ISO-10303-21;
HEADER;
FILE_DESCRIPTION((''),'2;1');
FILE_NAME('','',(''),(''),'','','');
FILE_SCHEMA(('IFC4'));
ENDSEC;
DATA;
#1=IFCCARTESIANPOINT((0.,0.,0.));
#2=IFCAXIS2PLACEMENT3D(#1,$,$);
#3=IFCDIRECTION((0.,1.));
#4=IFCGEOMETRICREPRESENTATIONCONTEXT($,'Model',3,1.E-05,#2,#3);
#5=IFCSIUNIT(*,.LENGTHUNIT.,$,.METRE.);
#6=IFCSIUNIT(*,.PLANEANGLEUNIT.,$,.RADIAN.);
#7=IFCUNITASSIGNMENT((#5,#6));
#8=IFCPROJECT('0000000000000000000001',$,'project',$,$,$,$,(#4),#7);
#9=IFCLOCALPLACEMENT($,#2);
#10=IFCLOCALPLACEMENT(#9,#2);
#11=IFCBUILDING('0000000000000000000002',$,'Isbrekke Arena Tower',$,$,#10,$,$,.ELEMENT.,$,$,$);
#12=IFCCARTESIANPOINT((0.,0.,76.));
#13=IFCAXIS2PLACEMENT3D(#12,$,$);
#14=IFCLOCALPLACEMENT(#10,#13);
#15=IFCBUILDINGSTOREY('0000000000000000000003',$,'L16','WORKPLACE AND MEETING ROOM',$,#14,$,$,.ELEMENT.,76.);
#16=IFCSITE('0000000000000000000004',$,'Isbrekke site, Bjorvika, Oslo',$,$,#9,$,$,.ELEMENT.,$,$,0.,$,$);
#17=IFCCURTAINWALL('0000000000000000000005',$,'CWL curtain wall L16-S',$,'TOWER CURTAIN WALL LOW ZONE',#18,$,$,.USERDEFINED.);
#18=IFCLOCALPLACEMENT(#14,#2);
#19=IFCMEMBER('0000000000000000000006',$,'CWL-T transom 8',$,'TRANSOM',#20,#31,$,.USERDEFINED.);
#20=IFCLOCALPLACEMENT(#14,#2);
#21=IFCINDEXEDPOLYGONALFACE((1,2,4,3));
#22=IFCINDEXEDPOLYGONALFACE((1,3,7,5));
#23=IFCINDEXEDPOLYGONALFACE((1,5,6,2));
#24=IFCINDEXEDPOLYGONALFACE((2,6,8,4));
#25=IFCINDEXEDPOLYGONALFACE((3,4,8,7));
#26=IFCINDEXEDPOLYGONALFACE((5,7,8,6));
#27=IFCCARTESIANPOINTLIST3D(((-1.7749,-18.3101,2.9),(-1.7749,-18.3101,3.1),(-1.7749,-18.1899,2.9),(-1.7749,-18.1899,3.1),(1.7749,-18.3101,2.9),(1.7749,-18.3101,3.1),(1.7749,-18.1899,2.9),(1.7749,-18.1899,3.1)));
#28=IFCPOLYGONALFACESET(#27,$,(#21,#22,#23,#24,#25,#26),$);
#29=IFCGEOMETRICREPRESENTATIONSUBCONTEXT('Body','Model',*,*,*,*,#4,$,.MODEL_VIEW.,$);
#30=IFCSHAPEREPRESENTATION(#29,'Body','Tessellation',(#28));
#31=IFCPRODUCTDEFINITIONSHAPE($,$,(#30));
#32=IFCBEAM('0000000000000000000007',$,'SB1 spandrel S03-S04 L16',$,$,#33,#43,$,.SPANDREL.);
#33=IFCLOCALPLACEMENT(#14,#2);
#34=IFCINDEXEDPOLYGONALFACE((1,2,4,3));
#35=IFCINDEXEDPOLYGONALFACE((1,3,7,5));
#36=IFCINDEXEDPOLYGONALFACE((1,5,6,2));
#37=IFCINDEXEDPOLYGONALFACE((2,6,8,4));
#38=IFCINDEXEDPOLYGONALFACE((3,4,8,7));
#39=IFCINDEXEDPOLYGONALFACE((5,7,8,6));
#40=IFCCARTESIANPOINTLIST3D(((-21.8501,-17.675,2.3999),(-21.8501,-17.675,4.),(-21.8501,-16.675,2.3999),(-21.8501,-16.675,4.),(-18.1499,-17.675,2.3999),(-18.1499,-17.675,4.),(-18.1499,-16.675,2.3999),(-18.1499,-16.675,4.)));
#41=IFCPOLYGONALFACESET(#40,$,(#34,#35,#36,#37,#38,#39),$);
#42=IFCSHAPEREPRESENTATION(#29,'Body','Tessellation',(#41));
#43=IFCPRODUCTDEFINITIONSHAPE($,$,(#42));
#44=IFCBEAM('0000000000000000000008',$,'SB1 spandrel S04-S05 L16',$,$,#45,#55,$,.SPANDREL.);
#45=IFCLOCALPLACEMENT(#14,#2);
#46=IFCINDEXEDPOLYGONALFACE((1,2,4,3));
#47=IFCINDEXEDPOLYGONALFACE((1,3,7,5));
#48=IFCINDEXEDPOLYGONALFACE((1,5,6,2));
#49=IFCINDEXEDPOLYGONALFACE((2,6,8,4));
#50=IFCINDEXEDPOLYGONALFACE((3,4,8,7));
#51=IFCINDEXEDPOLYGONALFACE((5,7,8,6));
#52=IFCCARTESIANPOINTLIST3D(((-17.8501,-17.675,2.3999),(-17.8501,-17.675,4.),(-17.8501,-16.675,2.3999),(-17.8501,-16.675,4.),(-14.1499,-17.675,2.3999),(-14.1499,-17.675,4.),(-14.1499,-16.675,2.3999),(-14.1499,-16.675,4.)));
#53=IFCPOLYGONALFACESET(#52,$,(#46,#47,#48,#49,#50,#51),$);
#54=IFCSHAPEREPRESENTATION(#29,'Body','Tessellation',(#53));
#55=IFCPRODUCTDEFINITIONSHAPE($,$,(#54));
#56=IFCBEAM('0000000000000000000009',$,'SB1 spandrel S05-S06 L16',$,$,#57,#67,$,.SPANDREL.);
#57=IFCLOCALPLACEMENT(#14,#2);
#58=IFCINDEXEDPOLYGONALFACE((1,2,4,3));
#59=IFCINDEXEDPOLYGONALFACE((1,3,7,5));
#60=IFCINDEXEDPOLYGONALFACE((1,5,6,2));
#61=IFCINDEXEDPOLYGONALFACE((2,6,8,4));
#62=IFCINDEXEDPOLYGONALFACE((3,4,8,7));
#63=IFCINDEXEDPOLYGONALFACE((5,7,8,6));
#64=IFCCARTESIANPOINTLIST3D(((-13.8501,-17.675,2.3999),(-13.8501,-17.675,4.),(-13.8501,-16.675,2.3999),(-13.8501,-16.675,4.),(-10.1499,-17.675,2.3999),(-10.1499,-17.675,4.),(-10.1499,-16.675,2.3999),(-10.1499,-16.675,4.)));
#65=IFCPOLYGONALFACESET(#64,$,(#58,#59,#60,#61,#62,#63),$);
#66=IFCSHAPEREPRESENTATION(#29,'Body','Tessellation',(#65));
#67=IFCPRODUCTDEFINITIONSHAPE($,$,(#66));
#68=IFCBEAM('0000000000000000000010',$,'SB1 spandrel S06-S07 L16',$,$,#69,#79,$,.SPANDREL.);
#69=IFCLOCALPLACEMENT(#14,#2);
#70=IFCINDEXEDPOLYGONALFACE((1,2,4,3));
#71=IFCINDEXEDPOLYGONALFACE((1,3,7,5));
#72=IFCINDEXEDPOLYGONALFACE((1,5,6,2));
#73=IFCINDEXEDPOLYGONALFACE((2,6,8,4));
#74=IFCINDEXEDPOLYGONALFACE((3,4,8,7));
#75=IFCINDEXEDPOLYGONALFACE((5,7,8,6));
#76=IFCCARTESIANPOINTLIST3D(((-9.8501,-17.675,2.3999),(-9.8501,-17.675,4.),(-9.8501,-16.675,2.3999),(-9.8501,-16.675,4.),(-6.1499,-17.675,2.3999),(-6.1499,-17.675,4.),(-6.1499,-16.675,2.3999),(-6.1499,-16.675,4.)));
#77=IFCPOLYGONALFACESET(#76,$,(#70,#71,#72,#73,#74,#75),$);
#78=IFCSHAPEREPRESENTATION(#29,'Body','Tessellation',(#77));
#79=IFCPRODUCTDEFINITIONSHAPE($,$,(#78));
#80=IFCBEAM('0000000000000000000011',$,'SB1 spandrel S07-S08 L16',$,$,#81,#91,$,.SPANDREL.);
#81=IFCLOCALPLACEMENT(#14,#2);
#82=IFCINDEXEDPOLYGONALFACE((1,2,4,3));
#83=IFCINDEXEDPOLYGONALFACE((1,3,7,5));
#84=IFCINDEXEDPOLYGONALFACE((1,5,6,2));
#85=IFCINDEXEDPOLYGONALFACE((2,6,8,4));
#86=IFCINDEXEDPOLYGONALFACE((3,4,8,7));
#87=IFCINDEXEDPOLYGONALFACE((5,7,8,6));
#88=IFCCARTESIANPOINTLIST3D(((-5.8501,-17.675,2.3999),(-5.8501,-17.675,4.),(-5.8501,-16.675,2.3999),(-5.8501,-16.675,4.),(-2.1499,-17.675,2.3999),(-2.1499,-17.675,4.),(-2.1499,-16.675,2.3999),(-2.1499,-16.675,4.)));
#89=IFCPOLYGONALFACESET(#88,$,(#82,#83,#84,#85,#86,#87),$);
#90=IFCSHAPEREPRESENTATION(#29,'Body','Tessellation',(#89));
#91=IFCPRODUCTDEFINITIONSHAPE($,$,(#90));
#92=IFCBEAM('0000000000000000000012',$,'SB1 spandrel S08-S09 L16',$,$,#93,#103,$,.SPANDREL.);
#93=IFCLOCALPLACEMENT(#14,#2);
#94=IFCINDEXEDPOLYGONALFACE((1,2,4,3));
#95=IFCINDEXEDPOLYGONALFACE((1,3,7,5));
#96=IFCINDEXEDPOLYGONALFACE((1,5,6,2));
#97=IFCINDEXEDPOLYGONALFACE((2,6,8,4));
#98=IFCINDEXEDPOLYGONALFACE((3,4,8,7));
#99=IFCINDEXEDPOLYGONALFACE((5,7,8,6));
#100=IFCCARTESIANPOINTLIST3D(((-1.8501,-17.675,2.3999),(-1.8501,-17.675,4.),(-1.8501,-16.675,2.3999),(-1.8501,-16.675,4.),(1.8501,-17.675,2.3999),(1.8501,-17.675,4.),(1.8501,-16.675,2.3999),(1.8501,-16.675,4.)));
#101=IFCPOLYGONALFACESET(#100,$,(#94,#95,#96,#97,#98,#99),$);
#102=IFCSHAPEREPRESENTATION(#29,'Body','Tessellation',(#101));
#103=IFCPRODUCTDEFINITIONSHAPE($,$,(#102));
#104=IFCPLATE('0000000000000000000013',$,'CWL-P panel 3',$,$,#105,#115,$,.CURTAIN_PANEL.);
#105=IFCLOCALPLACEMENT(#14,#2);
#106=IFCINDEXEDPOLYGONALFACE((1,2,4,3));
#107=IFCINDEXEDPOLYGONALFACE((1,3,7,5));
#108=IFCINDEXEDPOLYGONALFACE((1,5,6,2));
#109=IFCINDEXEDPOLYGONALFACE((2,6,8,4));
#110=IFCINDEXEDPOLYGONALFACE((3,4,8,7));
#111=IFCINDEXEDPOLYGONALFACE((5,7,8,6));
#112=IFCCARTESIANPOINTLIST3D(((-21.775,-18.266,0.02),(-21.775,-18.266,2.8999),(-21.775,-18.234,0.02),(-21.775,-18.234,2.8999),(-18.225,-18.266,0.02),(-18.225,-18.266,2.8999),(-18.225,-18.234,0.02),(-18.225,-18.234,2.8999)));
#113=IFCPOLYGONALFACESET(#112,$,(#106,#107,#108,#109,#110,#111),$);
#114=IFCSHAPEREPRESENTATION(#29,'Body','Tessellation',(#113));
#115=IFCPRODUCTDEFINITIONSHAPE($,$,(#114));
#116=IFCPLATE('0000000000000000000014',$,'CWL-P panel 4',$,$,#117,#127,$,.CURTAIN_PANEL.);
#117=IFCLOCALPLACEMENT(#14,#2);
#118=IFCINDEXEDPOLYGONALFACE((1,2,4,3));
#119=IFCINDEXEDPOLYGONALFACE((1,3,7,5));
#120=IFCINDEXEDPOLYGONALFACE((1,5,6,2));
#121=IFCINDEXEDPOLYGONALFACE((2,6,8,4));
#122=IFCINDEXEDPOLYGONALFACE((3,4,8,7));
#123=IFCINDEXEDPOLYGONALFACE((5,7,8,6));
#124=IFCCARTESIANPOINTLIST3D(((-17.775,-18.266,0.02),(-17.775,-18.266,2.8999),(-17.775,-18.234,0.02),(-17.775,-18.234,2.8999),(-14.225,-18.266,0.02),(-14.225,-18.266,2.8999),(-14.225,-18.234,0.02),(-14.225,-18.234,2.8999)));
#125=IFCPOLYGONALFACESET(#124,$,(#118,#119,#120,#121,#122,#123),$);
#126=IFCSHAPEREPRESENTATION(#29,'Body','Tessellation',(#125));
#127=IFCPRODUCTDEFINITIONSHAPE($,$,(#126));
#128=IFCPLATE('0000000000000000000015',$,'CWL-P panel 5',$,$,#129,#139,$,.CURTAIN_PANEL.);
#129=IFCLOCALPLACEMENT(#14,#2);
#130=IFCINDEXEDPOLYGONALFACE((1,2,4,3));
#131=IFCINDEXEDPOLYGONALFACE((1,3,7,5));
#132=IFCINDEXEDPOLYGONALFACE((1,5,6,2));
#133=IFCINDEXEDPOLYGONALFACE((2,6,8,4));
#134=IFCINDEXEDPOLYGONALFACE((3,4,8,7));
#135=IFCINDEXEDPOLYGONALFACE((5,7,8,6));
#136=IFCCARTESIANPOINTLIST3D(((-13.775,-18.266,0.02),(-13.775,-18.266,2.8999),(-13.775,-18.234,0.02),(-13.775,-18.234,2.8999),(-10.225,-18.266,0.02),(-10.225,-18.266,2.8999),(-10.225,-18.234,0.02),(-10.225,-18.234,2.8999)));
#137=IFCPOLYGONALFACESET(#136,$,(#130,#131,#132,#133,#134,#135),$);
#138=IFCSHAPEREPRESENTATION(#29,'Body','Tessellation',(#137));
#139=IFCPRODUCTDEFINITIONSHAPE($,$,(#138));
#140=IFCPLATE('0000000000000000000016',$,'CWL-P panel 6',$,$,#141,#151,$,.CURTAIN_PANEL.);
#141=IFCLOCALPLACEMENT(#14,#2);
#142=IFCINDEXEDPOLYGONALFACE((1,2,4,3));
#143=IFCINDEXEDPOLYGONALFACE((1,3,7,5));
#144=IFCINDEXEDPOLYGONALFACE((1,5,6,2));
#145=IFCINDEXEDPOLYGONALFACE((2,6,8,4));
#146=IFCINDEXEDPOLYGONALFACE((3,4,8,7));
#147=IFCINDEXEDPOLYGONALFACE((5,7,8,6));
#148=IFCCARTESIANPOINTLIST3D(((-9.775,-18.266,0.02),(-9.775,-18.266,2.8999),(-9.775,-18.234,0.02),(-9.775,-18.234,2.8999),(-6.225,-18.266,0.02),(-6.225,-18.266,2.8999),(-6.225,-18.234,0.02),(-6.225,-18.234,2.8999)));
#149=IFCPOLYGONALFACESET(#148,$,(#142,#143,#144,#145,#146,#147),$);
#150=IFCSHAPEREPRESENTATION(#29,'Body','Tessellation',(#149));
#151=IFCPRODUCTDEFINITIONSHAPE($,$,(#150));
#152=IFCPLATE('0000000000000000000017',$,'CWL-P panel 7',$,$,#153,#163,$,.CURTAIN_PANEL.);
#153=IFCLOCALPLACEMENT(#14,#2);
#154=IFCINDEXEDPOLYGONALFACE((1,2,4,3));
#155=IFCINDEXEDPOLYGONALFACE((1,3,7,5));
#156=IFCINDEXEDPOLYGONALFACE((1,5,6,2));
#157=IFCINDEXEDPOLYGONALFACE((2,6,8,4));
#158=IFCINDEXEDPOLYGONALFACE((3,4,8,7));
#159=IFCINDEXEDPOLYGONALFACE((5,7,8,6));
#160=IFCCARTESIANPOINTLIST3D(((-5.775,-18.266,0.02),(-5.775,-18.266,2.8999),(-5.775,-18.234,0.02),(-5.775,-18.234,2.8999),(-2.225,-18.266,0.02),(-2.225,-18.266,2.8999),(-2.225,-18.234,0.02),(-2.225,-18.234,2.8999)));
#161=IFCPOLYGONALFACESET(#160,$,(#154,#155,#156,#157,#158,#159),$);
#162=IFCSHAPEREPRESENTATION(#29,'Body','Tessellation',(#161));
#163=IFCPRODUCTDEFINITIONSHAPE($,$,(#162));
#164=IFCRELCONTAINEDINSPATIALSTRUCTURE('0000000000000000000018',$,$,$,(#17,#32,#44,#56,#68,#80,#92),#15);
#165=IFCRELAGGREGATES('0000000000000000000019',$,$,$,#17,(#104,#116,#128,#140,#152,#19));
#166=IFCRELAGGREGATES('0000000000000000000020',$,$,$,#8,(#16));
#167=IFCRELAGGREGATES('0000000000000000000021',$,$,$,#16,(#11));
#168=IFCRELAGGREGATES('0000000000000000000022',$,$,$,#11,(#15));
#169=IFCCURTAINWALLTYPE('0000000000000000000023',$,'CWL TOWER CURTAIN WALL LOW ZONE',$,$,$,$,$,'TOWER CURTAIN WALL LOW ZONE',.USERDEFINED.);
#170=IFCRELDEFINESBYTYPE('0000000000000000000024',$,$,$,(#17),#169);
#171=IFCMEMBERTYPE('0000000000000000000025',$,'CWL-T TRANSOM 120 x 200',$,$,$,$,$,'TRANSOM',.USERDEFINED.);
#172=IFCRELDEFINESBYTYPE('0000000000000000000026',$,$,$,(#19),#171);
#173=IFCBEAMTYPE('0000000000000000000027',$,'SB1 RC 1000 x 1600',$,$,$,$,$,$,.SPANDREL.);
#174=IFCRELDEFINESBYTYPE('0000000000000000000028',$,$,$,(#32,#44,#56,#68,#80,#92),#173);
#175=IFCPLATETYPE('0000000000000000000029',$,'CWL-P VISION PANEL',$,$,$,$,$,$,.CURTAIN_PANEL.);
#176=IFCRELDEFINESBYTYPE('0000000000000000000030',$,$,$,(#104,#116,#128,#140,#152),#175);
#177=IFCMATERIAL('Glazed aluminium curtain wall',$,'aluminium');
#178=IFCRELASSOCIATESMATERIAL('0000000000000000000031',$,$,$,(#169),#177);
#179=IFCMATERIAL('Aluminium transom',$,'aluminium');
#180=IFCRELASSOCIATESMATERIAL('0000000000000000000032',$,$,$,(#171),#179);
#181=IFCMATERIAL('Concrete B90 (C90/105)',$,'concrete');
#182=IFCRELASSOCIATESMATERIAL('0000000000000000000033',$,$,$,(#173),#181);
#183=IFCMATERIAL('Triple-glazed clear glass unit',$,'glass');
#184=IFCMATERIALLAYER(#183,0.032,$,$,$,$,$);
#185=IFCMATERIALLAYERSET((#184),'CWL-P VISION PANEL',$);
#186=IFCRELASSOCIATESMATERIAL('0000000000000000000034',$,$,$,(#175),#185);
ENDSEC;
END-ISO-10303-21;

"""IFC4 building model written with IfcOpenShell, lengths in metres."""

from ifc_helpers import new_model, si_unit, direction, frame, origin, origin_2d, place, context, subcontext, project, spatial, rectangle, extrude, material, layer, layer_set, material_profile, profile_set, type_object, element, aggregate, save


model = new_model("IFC4")

# Units and contexts
model_context = context("Model", 3, precision=1e-05, world=origin(), true_north=direction((0.0, 1.0)))
body_context = subcontext(model_context, "Body", "Model", "MODEL_VIEW")
ifc_project = project(units=[si_unit("LENGTHUNIT", "METRE"), si_unit("PLANEANGLEUNIT", "RADIAN")], contexts=[model_context])

# Site, building, storey
site_placement = place(None, origin())
site = spatial("IfcSite", under=ifc_project, at=site_placement, Name="Isbrekke site, Bjorvika, Oslo", CompositionType="ELEMENT", RefElevation=0.0)
building_placement = place(site_placement, origin())
building = spatial("IfcBuilding", under=site, at=building_placement, Name="Isbrekke Arena Tower", CompositionType="ELEMENT")
storey_placement = place(building_placement, frame((0.0, 0.0, 76.0)))
storey = spatial("IfcBuildingStorey", under=building, at=storey_placement, Name="L16", Description="WORKPLACE AND MEETING ROOM", CompositionType="ELEMENT", Elevation=76.0)

# Curtain wall, member
ifc_material_1 = material(Name="Glazed aluminium curtain wall", Category="aluminium")
curtain_wall_type = type_object("IfcCurtainWallType", Name="CWL TOWER CURTAIN WALL LOW ZONE", ElementType="TOWER CURTAIN WALL LOW ZONE", PredefinedType="USERDEFINED", material=ifc_material_1)
curtain_wall_placement = place(storey_placement, origin())
curtain_wall = element("IfcCurtainWall", 1, at=curtain_wall_placement, inside=storey, type_object=curtain_wall_type, Name="CWL curtain wall L16-S", ObjectType="TOWER CURTAIN WALL LOW ZONE", PredefinedType="USERDEFINED")
ifc_material_2 = material(Name="Aluminium transom", Category="aluminium")
ifc_material_profile_1 = material_profile(ifc_material_2, rectangle(XDim=0.1201, YDim=0.2, at=origin_2d()), Name="TRANSOM 120X200")
ifc_profile_set_1 = profile_set([ifc_material_profile_1], Name="Aluminium transom")
member_type_1 = type_object("IfcMemberType", Name="CWL-T TRANSOM 120 x 200", ElementType="TRANSOM", PredefinedType="USERDEFINED", material=ifc_profile_set_1)
member_1_placement = place(storey_placement, frame((-1.7749, -18.25, 3.0), z_axis=(1.0, 0.0, 0.0), x_axis=(0.0, 1.0, 0.0)))
member_1 = element("IfcMember", 2, at=member_1_placement, type_object=member_type_1, Name="CWL-T transom 8", ObjectType="TRANSOM", PredefinedType="USERDEFINED", context=body_context, shape_type="SweptSolid", body=[
    extrude(rectangle(XDim=0.1201, YDim=0.2, at=origin_2d()), origin(), (0.0, 0.0, 1.0), 3.5498),
])

# Beams
ifc_material_3 = material(Name="Concrete B90 (C90/105)", Category="concrete")
ifc_material_profile_2 = material_profile(ifc_material_3, rectangle(XDim=1.0, YDim=1.6001, at=origin_2d()), Name="RC 1000x1600")
ifc_profile_set_2 = profile_set([ifc_material_profile_2], Name="Concrete B90 (C90/105)")
beam_type = type_object("IfcBeamType", Name="SB1 RC 1000 x 1600", PredefinedType="SPANDREL", material=ifc_profile_set_2)
for number, where, z_axis, x_axis, name in (
    (3, (-21.8501, -17.175, 3.2), (1.0, 0.0, 0.0), (0.0, 1.0, 0.0), "SB1 spandrel S03-S04 L16"),
    (4, (-17.8501, -17.175, 3.2), (1.0, 0.0, 0.0), (0.0, 1.0, 0.0), "SB1 spandrel S04-S05 L16"),
    (5, (-13.8501, -17.175, 3.2), (1.0, 0.0, 0.0), (0.0, 1.0, 0.0), "SB1 spandrel S05-S06 L16"),
    (6, (-9.8501, -17.175, 3.2), (1.0, 0.0, 0.0), (0.0, 1.0, 0.0), "SB1 spandrel S06-S07 L16"),
    (7, (-5.8501, -17.175, 3.2), (1.0, 0.0, 0.0), (0.0, 1.0, 0.0), "SB1 spandrel S07-S08 L16"),
    (8, (-1.8501, -17.175, 3.2), (1.0, 0.0, 0.0), (0.0, 1.0, 0.0), "SB1 spandrel S08-S09 L16"),
):
    element("IfcBeam", number, at=place(storey_placement, frame(where, z_axis=z_axis, x_axis=x_axis)), inside=storey, type_object=beam_type, Name=name, PredefinedType="SPANDREL", context=body_context, shape_type="SweptSolid", body=[
        extrude(rectangle(XDim=1.0, YDim=1.6001, at=origin_2d()), origin(), (0.0, 0.0, 1.0), 3.7002),
    ])

# Plates
ifc_material_4 = material(Name="Triple-glazed clear glass unit", Category="glass")
ifc_layer = layer(ifc_material_4, 0.032)
ifc_layer_set = layer_set([ifc_layer], Name="CWL-P VISION PANEL")
plate_type = type_object("IfcPlateType", Name="CWL-P VISION PANEL", PredefinedType="CURTAIN_PANEL", material=ifc_layer_set)
plate_1_placement = place(storey_placement, frame((-20.0, -18.25, 0.02), z_axis=(0.0, 0.0, 1.0), x_axis=(1.0, 0.0, 0.0)))
plate_1 = element("IfcPlate", 9, at=plate_1_placement, type_object=plate_type, Name="CWL-P panel 3", PredefinedType="CURTAIN_PANEL", context=body_context, shape_type="SweptSolid", body=[
    extrude(rectangle(XDim=3.55, YDim=0.032, at=origin_2d()), origin(), (0.0, 0.0, 1.0), 2.8799),
])
plate_2_placement = place(storey_placement, frame((-16.0, -18.25, 0.02), z_axis=(0.0, 0.0, 1.0), x_axis=(1.0, 0.0, 0.0)))
plate_2 = element("IfcPlate", 10, at=plate_2_placement, type_object=plate_type, Name="CWL-P panel 4", PredefinedType="CURTAIN_PANEL", context=body_context, shape_type="SweptSolid", body=[
    extrude(rectangle(XDim=3.55, YDim=0.032, at=origin_2d()), origin(), (0.0, 0.0, 1.0), 2.8799),
])
plate_3_placement = place(storey_placement, frame((-12.0, -18.25, 0.02), z_axis=(0.0, 0.0, 1.0), x_axis=(1.0, 0.0, 0.0)))
plate_3 = element("IfcPlate", 11, at=plate_3_placement, type_object=plate_type, Name="CWL-P panel 5", PredefinedType="CURTAIN_PANEL", context=body_context, shape_type="SweptSolid", body=[
    extrude(rectangle(XDim=3.55, YDim=0.032, at=origin_2d()), origin(), (0.0, 0.0, 1.0), 2.8799),
])
plate_4_placement = place(storey_placement, frame((-8.0, -18.25, 0.02), z_axis=(0.0, 0.0, 1.0), x_axis=(1.0, 0.0, 0.0)))
plate_4 = element("IfcPlate", 12, at=plate_4_placement, type_object=plate_type, Name="CWL-P panel 6", PredefinedType="CURTAIN_PANEL", context=body_context, shape_type="SweptSolid", body=[
    extrude(rectangle(XDim=3.55, YDim=0.032, at=origin_2d()), origin(), (0.0, 0.0, 1.0), 2.8799),
])
plate_5_placement = place(storey_placement, frame((-4.0, -18.25, 0.02), z_axis=(0.0, 0.0, 1.0), x_axis=(1.0, 0.0, 0.0)))
plate_5 = element("IfcPlate", 13, at=plate_5_placement, type_object=plate_type, Name="CWL-P panel 7", PredefinedType="CURTAIN_PANEL", context=body_context, shape_type="SweptSolid", body=[
    extrude(rectangle(XDim=3.55, YDim=0.032, at=origin_2d()), origin(), (0.0, 0.0, 1.0), 2.8799),
])
aggregate(curtain_wall, [plate_1, plate_2, plate_3, plate_4, plate_5, member_1])

save(model, "model.ifc")
